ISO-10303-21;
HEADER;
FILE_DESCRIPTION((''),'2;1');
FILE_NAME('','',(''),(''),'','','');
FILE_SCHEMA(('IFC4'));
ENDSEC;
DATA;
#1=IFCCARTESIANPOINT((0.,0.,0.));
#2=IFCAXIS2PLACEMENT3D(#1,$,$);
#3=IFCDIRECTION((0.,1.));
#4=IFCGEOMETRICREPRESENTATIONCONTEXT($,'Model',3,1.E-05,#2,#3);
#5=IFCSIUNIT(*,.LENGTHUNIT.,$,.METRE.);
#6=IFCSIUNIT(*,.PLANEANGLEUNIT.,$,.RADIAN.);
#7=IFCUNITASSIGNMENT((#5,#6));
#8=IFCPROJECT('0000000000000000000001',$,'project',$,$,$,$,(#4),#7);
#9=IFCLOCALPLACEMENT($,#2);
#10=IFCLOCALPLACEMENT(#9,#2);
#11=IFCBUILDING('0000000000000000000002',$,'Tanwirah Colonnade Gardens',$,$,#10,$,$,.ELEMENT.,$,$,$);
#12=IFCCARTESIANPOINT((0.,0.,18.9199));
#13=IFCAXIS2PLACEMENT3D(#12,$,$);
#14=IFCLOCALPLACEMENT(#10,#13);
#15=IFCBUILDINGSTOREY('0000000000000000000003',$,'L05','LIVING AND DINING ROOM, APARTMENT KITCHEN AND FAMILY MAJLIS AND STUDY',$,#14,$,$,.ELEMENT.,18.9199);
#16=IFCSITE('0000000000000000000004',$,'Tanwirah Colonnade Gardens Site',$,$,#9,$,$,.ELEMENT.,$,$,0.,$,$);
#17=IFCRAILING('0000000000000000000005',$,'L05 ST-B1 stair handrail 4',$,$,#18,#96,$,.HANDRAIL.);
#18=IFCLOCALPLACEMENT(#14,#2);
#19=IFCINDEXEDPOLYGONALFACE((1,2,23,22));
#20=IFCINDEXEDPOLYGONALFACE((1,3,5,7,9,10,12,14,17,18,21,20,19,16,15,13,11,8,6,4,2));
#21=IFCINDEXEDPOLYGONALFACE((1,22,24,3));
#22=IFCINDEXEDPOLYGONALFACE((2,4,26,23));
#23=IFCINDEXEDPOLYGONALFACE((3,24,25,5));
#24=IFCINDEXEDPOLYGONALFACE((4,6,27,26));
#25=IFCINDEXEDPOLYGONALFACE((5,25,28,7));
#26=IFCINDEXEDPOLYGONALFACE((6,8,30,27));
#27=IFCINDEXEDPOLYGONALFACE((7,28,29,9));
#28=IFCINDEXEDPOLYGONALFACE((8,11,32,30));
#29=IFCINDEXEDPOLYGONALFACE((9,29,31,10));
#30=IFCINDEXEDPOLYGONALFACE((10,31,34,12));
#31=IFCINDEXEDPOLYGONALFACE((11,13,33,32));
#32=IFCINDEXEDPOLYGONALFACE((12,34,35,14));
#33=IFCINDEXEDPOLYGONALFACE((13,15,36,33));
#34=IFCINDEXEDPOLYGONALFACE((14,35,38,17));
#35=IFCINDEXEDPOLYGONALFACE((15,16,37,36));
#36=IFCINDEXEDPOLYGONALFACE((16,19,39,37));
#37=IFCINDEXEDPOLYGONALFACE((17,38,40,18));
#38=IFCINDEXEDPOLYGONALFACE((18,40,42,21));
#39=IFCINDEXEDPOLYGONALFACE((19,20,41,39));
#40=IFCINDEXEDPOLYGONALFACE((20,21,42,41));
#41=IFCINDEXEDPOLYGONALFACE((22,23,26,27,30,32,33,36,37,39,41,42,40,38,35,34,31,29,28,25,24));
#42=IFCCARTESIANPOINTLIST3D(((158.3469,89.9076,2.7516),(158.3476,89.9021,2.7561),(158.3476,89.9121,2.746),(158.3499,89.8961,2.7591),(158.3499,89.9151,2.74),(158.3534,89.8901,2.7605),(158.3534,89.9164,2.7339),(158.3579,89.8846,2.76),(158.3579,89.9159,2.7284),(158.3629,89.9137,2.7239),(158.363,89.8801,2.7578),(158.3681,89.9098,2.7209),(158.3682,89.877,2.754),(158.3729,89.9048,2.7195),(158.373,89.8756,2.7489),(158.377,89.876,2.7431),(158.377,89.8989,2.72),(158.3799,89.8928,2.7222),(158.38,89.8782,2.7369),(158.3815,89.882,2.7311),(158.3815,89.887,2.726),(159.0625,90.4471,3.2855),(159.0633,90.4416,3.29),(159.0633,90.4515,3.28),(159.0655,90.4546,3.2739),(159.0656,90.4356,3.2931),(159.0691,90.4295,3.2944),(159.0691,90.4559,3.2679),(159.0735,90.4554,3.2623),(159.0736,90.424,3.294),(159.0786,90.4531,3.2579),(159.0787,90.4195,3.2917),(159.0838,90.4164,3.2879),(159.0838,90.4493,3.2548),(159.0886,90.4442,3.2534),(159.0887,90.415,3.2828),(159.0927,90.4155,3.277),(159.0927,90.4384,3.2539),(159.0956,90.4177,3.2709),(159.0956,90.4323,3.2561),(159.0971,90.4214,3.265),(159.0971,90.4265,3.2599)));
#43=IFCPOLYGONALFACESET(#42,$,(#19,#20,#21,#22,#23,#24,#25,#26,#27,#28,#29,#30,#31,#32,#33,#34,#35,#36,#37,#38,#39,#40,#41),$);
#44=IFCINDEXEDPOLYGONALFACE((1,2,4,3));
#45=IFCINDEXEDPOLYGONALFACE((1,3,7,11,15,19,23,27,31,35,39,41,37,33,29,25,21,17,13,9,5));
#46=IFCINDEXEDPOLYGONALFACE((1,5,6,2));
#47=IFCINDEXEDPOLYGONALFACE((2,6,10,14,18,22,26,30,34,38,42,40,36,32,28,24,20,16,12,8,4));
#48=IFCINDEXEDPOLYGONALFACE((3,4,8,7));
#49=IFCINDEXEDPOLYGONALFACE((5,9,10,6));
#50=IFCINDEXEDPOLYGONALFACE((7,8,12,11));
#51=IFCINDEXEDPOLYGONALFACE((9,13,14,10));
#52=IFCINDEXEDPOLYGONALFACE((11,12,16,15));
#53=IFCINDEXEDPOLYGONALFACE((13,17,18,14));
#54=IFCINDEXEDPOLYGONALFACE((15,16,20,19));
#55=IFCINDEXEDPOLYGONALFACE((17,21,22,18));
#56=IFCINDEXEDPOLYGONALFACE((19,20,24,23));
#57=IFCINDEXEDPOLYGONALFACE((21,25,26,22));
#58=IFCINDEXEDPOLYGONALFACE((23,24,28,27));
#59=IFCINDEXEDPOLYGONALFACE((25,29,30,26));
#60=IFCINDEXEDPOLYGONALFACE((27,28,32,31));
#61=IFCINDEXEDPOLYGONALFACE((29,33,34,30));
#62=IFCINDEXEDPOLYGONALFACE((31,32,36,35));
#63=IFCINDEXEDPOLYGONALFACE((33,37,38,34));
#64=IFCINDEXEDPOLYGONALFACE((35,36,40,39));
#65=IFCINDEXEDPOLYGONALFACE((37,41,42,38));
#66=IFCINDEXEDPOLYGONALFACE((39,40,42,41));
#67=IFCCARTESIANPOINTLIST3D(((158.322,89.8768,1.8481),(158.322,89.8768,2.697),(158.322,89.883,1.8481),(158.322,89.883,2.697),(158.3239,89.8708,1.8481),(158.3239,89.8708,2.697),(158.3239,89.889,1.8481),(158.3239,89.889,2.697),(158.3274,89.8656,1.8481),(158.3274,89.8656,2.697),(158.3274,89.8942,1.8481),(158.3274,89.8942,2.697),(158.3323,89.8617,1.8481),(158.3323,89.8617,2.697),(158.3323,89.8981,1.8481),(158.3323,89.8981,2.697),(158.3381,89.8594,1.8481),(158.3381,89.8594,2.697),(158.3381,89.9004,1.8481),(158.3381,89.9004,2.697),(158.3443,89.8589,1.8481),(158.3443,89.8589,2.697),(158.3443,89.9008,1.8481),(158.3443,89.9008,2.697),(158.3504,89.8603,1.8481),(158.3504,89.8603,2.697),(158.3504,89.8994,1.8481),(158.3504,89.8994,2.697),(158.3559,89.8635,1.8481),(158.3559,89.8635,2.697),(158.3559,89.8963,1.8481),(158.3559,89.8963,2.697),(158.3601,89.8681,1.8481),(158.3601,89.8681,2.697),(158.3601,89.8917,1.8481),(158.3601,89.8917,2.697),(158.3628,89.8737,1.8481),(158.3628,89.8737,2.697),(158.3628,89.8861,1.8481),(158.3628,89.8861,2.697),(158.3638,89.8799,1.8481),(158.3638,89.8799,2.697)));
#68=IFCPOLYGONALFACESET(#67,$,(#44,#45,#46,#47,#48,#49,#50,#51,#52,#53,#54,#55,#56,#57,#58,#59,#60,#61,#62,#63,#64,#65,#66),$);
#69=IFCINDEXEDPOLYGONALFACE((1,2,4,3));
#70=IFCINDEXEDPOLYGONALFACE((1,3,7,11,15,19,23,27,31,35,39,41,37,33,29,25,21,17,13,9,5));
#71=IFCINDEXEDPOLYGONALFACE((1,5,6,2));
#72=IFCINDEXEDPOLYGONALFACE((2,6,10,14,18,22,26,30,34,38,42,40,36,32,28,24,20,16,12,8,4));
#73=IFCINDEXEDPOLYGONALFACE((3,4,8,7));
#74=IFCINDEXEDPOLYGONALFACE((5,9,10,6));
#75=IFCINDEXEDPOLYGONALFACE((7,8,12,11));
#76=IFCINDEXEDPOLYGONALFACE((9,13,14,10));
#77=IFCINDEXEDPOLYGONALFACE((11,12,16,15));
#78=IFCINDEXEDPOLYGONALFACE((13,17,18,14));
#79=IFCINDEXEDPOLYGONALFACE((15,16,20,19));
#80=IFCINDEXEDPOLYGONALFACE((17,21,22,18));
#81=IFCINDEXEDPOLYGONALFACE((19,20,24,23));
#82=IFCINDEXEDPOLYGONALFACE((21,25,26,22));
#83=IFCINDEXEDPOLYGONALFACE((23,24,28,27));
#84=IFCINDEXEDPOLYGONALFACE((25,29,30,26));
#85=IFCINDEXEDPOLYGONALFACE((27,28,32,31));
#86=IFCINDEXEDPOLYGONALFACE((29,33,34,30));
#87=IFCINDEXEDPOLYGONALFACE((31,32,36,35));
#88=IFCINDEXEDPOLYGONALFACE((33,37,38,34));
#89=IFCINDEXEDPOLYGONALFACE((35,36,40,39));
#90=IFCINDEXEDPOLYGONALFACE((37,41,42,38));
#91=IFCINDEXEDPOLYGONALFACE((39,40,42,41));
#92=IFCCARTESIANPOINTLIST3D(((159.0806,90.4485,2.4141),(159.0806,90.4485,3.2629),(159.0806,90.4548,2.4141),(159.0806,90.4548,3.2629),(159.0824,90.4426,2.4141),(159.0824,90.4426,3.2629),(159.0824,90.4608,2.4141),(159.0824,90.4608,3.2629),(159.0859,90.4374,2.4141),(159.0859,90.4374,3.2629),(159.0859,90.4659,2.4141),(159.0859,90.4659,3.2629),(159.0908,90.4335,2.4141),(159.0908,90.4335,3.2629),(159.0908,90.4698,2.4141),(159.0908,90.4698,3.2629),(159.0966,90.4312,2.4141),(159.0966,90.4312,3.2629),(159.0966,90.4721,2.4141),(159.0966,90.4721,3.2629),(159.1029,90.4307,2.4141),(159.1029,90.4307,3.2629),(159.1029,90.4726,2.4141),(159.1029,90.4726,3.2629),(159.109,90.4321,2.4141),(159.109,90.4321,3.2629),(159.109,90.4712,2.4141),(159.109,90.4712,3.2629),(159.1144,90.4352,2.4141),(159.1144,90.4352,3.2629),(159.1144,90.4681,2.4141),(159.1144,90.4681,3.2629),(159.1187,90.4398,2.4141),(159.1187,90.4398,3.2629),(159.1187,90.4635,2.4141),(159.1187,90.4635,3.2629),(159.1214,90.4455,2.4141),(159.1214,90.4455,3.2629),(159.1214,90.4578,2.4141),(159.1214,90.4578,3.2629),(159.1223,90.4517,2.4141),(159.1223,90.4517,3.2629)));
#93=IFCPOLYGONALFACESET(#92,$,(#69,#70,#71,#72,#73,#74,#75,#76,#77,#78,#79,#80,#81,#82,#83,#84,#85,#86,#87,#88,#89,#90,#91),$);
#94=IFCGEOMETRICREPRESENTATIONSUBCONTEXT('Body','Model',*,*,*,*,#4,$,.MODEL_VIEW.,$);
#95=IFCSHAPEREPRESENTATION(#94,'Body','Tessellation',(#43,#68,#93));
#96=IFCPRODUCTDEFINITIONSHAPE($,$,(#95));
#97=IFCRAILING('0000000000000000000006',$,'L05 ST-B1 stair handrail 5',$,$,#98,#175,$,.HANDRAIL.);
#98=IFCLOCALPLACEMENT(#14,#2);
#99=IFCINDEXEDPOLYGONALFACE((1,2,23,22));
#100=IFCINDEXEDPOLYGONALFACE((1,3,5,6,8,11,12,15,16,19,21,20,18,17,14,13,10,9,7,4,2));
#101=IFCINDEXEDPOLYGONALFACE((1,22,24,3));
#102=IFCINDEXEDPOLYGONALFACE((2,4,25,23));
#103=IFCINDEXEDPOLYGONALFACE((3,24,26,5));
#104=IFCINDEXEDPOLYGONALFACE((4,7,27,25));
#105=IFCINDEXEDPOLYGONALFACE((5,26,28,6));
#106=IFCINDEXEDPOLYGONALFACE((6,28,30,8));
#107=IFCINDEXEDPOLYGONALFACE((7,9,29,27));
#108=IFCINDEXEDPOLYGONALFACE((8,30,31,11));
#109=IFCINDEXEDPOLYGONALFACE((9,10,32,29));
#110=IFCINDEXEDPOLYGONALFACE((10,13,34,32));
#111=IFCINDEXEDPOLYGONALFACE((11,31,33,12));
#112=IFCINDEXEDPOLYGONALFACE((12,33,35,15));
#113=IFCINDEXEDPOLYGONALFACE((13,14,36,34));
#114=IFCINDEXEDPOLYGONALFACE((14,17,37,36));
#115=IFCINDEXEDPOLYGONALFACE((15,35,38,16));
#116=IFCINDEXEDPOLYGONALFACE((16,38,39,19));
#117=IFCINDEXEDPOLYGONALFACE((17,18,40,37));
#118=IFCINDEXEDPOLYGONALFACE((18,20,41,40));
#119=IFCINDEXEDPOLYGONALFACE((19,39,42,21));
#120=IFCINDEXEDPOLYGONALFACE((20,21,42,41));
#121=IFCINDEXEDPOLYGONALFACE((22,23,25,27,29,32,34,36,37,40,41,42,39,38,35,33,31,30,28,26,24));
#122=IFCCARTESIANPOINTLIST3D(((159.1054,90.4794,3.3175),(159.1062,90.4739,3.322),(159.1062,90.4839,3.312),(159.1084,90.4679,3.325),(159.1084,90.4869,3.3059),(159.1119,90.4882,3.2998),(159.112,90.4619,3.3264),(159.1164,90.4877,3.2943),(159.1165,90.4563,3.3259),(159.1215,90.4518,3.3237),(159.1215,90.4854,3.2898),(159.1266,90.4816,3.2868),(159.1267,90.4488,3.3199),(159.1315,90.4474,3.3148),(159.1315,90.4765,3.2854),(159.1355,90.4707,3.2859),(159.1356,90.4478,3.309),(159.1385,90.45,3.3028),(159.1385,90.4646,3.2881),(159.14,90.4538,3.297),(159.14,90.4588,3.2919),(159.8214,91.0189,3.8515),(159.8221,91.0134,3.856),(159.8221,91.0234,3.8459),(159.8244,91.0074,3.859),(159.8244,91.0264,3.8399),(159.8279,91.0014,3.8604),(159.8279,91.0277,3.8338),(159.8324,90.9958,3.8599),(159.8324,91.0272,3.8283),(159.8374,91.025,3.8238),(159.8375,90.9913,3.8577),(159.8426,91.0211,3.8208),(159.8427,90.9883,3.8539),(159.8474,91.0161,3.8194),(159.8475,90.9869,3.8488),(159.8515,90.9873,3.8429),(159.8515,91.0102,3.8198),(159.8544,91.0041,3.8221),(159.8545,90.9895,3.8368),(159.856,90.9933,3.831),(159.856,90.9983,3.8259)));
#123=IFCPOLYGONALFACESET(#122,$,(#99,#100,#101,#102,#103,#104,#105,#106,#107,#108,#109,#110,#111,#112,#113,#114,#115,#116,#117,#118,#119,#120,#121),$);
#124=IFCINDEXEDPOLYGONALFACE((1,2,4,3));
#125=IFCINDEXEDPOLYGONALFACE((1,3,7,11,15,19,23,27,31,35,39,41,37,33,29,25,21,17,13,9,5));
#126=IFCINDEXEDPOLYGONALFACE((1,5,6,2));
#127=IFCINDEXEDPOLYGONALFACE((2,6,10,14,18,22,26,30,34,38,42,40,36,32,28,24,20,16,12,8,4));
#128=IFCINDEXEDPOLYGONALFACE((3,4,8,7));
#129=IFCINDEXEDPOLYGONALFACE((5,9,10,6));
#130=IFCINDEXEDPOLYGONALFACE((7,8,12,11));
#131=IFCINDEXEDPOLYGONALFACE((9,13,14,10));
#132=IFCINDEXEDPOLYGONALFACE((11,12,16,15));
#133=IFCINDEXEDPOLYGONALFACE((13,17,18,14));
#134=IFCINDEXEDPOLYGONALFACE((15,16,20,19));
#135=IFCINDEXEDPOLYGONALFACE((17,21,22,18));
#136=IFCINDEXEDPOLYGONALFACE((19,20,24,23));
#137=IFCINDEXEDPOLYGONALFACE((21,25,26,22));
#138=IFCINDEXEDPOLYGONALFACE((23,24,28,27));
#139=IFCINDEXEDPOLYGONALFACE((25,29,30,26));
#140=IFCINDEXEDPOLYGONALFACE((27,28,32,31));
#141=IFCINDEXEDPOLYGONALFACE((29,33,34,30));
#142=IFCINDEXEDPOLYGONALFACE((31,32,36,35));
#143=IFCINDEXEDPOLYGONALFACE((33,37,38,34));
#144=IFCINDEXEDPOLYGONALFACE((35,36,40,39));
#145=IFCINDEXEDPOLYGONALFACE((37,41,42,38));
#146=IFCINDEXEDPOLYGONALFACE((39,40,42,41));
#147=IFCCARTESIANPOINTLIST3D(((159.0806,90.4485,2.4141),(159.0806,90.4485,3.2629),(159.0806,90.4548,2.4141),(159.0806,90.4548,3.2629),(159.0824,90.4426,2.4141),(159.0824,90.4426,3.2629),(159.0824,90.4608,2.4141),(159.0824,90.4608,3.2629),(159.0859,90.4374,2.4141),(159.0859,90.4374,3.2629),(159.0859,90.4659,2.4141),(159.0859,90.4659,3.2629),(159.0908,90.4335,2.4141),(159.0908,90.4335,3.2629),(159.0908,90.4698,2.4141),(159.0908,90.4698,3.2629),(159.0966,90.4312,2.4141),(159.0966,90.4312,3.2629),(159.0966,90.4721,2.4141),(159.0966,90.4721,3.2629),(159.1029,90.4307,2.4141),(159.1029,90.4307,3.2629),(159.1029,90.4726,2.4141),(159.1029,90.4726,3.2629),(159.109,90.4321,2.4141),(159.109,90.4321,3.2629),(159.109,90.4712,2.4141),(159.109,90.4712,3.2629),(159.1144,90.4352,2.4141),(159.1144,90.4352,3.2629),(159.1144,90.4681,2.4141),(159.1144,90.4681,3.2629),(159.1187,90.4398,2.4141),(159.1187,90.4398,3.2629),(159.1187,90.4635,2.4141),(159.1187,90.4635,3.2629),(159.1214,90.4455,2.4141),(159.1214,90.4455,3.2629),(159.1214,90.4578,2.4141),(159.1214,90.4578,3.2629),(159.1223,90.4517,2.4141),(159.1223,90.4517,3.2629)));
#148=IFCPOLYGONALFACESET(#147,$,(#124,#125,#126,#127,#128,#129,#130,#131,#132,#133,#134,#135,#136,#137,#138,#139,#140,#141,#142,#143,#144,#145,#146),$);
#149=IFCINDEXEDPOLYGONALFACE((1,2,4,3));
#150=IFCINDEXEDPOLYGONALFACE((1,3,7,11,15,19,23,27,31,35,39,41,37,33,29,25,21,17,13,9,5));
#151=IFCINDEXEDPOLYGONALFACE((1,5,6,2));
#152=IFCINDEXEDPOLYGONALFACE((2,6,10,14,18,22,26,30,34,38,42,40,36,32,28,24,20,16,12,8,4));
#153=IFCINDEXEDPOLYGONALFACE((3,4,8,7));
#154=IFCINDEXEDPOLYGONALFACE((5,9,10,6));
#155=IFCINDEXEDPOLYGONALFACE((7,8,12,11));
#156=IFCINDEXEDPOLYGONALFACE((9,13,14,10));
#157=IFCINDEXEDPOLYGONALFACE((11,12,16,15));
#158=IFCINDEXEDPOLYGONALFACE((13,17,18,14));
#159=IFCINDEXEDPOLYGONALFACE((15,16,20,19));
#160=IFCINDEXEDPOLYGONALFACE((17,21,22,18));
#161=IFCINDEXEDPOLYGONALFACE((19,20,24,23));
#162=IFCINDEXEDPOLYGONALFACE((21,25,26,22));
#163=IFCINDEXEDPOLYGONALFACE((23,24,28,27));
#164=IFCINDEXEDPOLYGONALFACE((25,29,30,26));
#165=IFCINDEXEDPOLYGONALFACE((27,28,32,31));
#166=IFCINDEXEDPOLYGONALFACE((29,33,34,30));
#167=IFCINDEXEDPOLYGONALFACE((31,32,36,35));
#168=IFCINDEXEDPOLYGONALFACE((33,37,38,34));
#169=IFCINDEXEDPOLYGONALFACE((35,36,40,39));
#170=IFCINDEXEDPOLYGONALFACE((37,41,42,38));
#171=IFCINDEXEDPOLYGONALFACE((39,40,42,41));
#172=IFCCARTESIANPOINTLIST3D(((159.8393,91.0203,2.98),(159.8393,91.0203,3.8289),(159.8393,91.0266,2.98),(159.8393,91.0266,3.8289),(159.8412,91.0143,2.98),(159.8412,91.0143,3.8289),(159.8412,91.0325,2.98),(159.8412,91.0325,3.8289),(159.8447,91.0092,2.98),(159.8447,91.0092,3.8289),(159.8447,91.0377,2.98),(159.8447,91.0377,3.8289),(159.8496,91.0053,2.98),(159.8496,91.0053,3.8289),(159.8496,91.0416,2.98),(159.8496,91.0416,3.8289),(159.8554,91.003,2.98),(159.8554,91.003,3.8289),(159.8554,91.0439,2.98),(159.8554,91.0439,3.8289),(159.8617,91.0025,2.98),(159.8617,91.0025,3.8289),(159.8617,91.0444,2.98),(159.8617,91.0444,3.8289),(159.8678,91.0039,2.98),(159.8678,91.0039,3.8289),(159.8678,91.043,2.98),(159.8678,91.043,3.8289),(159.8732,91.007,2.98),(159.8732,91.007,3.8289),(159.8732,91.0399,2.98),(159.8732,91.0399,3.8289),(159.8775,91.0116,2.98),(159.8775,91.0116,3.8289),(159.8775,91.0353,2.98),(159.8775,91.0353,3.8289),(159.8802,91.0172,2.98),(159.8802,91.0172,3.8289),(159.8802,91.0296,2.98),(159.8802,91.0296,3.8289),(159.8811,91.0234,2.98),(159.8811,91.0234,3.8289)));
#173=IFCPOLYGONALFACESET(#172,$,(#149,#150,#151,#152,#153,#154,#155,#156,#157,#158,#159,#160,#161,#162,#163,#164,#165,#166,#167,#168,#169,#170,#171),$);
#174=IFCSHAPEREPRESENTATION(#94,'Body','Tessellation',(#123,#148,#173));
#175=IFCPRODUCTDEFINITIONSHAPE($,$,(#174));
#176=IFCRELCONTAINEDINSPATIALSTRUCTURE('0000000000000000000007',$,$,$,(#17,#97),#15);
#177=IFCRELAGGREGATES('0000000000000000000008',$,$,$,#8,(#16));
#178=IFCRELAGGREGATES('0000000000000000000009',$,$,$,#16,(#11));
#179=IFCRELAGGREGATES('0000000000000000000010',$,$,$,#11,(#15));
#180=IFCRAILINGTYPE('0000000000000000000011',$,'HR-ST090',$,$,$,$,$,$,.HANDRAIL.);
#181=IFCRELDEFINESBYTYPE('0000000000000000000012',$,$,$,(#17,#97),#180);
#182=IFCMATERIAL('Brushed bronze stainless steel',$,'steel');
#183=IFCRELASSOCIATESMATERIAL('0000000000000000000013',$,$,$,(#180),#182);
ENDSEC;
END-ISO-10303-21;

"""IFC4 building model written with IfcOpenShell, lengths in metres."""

from ifc_helpers import new_model, si_unit, direction, frame, origin, origin_2d, place, context, subcontext, project, spatial, circle, extrude, material, type_object, element, save


model = new_model("IFC4")

# Units and contexts
model_context = context("Model", 3, precision=1e-05, world=origin(), true_north=direction((0.0, 1.0)))
body_context = subcontext(model_context, "Body", "Model", "MODEL_VIEW")
ifc_project = project(units=[si_unit("LENGTHUNIT", "METRE"), si_unit("PLANEANGLEUNIT", "RADIAN")], contexts=[model_context])

# Site, building, storey
site_placement = place(None, origin())
site = spatial("IfcSite", under=ifc_project, at=site_placement, Name="Tanwirah Colonnade Gardens Site", CompositionType="ELEMENT", RefElevation=0.0)
building_placement = place(site_placement, origin())
building = spatial("IfcBuilding", under=site, at=building_placement, Name="Tanwirah Colonnade Gardens", CompositionType="ELEMENT")
storey_placement = place(building_placement, frame((0.0, 0.0, 18.9199)))
storey = spatial("IfcBuildingStorey", under=building, at=storey_placement, Name="L05", Description="LIVING AND DINING ROOM, APARTMENT KITCHEN AND FAMILY MAJLIS AND STUDY", CompositionType="ELEMENT", Elevation=18.9199)

# Railings
ifc_material_1 = material(Name="Brushed bronze stainless steel", Category="steel")
railing_type_1 = type_object("IfcRailingType", Name="HR-ST090", PredefinedType="HANDRAIL", material=ifc_material_1)
railing_1_placement = place(storey_placement, frame((158.3428, 89.8799, 1.8481)))
element("IfcRailing", 1, at=railing_1_placement, inside=storey, type_object=railing_type_1, Name="L05 ST-B1 stair handrail 4", PredefinedType="HANDRAIL", context=body_context, shape_type="SweptSolid", body=[
    extrude(circle(Radius=0.0239, at=origin_2d()), frame((0.0215, 0.0161, 0.8918), z_axis=(0.686028, 0.517116, 0.511817), x_axis=(-0.601931, 0.798548, 0.0)), (0.0, 0.0, 1.0), 1.0432),
    extrude(circle(Radius=0.021, at=origin_2d()), origin(), (0.0, 0.0, 1.0), 0.8489),
    extrude(circle(Radius=0.021, at=origin_2d()), frame((0.7585, 0.5718, 0.5659)), (0.0, 0.0, 1.0), 0.8489),
])
railing_2_placement = place(storey_placement, frame((159.1013, 90.4517, 2.4141)))
element("IfcRailing", 2, at=railing_2_placement, inside=storey, type_object=railing_type_1, Name="L05 ST-B1 stair handrail 5", PredefinedType="HANDRAIL", context=body_context, shape_type="SweptSolid", body=[
    extrude(circle(Radius=0.0239, at=origin_2d()), frame((0.0215, 0.0161, 0.8918), z_axis=(0.686145, 0.517037, 0.511739), x_axis=(-0.601807, 0.798641, 0.0)), (0.0, 0.0, 1.0), 1.0435),
    extrude(circle(Radius=0.021, at=origin_2d()), origin(), (0.0, 0.0, 1.0), 0.8489),
    extrude(circle(Radius=0.021, at=origin_2d()), frame((0.7588, 0.5718, 0.5659)), (0.0, 0.0, 1.0), 0.8489),
])

save(model, "model.ifc")
